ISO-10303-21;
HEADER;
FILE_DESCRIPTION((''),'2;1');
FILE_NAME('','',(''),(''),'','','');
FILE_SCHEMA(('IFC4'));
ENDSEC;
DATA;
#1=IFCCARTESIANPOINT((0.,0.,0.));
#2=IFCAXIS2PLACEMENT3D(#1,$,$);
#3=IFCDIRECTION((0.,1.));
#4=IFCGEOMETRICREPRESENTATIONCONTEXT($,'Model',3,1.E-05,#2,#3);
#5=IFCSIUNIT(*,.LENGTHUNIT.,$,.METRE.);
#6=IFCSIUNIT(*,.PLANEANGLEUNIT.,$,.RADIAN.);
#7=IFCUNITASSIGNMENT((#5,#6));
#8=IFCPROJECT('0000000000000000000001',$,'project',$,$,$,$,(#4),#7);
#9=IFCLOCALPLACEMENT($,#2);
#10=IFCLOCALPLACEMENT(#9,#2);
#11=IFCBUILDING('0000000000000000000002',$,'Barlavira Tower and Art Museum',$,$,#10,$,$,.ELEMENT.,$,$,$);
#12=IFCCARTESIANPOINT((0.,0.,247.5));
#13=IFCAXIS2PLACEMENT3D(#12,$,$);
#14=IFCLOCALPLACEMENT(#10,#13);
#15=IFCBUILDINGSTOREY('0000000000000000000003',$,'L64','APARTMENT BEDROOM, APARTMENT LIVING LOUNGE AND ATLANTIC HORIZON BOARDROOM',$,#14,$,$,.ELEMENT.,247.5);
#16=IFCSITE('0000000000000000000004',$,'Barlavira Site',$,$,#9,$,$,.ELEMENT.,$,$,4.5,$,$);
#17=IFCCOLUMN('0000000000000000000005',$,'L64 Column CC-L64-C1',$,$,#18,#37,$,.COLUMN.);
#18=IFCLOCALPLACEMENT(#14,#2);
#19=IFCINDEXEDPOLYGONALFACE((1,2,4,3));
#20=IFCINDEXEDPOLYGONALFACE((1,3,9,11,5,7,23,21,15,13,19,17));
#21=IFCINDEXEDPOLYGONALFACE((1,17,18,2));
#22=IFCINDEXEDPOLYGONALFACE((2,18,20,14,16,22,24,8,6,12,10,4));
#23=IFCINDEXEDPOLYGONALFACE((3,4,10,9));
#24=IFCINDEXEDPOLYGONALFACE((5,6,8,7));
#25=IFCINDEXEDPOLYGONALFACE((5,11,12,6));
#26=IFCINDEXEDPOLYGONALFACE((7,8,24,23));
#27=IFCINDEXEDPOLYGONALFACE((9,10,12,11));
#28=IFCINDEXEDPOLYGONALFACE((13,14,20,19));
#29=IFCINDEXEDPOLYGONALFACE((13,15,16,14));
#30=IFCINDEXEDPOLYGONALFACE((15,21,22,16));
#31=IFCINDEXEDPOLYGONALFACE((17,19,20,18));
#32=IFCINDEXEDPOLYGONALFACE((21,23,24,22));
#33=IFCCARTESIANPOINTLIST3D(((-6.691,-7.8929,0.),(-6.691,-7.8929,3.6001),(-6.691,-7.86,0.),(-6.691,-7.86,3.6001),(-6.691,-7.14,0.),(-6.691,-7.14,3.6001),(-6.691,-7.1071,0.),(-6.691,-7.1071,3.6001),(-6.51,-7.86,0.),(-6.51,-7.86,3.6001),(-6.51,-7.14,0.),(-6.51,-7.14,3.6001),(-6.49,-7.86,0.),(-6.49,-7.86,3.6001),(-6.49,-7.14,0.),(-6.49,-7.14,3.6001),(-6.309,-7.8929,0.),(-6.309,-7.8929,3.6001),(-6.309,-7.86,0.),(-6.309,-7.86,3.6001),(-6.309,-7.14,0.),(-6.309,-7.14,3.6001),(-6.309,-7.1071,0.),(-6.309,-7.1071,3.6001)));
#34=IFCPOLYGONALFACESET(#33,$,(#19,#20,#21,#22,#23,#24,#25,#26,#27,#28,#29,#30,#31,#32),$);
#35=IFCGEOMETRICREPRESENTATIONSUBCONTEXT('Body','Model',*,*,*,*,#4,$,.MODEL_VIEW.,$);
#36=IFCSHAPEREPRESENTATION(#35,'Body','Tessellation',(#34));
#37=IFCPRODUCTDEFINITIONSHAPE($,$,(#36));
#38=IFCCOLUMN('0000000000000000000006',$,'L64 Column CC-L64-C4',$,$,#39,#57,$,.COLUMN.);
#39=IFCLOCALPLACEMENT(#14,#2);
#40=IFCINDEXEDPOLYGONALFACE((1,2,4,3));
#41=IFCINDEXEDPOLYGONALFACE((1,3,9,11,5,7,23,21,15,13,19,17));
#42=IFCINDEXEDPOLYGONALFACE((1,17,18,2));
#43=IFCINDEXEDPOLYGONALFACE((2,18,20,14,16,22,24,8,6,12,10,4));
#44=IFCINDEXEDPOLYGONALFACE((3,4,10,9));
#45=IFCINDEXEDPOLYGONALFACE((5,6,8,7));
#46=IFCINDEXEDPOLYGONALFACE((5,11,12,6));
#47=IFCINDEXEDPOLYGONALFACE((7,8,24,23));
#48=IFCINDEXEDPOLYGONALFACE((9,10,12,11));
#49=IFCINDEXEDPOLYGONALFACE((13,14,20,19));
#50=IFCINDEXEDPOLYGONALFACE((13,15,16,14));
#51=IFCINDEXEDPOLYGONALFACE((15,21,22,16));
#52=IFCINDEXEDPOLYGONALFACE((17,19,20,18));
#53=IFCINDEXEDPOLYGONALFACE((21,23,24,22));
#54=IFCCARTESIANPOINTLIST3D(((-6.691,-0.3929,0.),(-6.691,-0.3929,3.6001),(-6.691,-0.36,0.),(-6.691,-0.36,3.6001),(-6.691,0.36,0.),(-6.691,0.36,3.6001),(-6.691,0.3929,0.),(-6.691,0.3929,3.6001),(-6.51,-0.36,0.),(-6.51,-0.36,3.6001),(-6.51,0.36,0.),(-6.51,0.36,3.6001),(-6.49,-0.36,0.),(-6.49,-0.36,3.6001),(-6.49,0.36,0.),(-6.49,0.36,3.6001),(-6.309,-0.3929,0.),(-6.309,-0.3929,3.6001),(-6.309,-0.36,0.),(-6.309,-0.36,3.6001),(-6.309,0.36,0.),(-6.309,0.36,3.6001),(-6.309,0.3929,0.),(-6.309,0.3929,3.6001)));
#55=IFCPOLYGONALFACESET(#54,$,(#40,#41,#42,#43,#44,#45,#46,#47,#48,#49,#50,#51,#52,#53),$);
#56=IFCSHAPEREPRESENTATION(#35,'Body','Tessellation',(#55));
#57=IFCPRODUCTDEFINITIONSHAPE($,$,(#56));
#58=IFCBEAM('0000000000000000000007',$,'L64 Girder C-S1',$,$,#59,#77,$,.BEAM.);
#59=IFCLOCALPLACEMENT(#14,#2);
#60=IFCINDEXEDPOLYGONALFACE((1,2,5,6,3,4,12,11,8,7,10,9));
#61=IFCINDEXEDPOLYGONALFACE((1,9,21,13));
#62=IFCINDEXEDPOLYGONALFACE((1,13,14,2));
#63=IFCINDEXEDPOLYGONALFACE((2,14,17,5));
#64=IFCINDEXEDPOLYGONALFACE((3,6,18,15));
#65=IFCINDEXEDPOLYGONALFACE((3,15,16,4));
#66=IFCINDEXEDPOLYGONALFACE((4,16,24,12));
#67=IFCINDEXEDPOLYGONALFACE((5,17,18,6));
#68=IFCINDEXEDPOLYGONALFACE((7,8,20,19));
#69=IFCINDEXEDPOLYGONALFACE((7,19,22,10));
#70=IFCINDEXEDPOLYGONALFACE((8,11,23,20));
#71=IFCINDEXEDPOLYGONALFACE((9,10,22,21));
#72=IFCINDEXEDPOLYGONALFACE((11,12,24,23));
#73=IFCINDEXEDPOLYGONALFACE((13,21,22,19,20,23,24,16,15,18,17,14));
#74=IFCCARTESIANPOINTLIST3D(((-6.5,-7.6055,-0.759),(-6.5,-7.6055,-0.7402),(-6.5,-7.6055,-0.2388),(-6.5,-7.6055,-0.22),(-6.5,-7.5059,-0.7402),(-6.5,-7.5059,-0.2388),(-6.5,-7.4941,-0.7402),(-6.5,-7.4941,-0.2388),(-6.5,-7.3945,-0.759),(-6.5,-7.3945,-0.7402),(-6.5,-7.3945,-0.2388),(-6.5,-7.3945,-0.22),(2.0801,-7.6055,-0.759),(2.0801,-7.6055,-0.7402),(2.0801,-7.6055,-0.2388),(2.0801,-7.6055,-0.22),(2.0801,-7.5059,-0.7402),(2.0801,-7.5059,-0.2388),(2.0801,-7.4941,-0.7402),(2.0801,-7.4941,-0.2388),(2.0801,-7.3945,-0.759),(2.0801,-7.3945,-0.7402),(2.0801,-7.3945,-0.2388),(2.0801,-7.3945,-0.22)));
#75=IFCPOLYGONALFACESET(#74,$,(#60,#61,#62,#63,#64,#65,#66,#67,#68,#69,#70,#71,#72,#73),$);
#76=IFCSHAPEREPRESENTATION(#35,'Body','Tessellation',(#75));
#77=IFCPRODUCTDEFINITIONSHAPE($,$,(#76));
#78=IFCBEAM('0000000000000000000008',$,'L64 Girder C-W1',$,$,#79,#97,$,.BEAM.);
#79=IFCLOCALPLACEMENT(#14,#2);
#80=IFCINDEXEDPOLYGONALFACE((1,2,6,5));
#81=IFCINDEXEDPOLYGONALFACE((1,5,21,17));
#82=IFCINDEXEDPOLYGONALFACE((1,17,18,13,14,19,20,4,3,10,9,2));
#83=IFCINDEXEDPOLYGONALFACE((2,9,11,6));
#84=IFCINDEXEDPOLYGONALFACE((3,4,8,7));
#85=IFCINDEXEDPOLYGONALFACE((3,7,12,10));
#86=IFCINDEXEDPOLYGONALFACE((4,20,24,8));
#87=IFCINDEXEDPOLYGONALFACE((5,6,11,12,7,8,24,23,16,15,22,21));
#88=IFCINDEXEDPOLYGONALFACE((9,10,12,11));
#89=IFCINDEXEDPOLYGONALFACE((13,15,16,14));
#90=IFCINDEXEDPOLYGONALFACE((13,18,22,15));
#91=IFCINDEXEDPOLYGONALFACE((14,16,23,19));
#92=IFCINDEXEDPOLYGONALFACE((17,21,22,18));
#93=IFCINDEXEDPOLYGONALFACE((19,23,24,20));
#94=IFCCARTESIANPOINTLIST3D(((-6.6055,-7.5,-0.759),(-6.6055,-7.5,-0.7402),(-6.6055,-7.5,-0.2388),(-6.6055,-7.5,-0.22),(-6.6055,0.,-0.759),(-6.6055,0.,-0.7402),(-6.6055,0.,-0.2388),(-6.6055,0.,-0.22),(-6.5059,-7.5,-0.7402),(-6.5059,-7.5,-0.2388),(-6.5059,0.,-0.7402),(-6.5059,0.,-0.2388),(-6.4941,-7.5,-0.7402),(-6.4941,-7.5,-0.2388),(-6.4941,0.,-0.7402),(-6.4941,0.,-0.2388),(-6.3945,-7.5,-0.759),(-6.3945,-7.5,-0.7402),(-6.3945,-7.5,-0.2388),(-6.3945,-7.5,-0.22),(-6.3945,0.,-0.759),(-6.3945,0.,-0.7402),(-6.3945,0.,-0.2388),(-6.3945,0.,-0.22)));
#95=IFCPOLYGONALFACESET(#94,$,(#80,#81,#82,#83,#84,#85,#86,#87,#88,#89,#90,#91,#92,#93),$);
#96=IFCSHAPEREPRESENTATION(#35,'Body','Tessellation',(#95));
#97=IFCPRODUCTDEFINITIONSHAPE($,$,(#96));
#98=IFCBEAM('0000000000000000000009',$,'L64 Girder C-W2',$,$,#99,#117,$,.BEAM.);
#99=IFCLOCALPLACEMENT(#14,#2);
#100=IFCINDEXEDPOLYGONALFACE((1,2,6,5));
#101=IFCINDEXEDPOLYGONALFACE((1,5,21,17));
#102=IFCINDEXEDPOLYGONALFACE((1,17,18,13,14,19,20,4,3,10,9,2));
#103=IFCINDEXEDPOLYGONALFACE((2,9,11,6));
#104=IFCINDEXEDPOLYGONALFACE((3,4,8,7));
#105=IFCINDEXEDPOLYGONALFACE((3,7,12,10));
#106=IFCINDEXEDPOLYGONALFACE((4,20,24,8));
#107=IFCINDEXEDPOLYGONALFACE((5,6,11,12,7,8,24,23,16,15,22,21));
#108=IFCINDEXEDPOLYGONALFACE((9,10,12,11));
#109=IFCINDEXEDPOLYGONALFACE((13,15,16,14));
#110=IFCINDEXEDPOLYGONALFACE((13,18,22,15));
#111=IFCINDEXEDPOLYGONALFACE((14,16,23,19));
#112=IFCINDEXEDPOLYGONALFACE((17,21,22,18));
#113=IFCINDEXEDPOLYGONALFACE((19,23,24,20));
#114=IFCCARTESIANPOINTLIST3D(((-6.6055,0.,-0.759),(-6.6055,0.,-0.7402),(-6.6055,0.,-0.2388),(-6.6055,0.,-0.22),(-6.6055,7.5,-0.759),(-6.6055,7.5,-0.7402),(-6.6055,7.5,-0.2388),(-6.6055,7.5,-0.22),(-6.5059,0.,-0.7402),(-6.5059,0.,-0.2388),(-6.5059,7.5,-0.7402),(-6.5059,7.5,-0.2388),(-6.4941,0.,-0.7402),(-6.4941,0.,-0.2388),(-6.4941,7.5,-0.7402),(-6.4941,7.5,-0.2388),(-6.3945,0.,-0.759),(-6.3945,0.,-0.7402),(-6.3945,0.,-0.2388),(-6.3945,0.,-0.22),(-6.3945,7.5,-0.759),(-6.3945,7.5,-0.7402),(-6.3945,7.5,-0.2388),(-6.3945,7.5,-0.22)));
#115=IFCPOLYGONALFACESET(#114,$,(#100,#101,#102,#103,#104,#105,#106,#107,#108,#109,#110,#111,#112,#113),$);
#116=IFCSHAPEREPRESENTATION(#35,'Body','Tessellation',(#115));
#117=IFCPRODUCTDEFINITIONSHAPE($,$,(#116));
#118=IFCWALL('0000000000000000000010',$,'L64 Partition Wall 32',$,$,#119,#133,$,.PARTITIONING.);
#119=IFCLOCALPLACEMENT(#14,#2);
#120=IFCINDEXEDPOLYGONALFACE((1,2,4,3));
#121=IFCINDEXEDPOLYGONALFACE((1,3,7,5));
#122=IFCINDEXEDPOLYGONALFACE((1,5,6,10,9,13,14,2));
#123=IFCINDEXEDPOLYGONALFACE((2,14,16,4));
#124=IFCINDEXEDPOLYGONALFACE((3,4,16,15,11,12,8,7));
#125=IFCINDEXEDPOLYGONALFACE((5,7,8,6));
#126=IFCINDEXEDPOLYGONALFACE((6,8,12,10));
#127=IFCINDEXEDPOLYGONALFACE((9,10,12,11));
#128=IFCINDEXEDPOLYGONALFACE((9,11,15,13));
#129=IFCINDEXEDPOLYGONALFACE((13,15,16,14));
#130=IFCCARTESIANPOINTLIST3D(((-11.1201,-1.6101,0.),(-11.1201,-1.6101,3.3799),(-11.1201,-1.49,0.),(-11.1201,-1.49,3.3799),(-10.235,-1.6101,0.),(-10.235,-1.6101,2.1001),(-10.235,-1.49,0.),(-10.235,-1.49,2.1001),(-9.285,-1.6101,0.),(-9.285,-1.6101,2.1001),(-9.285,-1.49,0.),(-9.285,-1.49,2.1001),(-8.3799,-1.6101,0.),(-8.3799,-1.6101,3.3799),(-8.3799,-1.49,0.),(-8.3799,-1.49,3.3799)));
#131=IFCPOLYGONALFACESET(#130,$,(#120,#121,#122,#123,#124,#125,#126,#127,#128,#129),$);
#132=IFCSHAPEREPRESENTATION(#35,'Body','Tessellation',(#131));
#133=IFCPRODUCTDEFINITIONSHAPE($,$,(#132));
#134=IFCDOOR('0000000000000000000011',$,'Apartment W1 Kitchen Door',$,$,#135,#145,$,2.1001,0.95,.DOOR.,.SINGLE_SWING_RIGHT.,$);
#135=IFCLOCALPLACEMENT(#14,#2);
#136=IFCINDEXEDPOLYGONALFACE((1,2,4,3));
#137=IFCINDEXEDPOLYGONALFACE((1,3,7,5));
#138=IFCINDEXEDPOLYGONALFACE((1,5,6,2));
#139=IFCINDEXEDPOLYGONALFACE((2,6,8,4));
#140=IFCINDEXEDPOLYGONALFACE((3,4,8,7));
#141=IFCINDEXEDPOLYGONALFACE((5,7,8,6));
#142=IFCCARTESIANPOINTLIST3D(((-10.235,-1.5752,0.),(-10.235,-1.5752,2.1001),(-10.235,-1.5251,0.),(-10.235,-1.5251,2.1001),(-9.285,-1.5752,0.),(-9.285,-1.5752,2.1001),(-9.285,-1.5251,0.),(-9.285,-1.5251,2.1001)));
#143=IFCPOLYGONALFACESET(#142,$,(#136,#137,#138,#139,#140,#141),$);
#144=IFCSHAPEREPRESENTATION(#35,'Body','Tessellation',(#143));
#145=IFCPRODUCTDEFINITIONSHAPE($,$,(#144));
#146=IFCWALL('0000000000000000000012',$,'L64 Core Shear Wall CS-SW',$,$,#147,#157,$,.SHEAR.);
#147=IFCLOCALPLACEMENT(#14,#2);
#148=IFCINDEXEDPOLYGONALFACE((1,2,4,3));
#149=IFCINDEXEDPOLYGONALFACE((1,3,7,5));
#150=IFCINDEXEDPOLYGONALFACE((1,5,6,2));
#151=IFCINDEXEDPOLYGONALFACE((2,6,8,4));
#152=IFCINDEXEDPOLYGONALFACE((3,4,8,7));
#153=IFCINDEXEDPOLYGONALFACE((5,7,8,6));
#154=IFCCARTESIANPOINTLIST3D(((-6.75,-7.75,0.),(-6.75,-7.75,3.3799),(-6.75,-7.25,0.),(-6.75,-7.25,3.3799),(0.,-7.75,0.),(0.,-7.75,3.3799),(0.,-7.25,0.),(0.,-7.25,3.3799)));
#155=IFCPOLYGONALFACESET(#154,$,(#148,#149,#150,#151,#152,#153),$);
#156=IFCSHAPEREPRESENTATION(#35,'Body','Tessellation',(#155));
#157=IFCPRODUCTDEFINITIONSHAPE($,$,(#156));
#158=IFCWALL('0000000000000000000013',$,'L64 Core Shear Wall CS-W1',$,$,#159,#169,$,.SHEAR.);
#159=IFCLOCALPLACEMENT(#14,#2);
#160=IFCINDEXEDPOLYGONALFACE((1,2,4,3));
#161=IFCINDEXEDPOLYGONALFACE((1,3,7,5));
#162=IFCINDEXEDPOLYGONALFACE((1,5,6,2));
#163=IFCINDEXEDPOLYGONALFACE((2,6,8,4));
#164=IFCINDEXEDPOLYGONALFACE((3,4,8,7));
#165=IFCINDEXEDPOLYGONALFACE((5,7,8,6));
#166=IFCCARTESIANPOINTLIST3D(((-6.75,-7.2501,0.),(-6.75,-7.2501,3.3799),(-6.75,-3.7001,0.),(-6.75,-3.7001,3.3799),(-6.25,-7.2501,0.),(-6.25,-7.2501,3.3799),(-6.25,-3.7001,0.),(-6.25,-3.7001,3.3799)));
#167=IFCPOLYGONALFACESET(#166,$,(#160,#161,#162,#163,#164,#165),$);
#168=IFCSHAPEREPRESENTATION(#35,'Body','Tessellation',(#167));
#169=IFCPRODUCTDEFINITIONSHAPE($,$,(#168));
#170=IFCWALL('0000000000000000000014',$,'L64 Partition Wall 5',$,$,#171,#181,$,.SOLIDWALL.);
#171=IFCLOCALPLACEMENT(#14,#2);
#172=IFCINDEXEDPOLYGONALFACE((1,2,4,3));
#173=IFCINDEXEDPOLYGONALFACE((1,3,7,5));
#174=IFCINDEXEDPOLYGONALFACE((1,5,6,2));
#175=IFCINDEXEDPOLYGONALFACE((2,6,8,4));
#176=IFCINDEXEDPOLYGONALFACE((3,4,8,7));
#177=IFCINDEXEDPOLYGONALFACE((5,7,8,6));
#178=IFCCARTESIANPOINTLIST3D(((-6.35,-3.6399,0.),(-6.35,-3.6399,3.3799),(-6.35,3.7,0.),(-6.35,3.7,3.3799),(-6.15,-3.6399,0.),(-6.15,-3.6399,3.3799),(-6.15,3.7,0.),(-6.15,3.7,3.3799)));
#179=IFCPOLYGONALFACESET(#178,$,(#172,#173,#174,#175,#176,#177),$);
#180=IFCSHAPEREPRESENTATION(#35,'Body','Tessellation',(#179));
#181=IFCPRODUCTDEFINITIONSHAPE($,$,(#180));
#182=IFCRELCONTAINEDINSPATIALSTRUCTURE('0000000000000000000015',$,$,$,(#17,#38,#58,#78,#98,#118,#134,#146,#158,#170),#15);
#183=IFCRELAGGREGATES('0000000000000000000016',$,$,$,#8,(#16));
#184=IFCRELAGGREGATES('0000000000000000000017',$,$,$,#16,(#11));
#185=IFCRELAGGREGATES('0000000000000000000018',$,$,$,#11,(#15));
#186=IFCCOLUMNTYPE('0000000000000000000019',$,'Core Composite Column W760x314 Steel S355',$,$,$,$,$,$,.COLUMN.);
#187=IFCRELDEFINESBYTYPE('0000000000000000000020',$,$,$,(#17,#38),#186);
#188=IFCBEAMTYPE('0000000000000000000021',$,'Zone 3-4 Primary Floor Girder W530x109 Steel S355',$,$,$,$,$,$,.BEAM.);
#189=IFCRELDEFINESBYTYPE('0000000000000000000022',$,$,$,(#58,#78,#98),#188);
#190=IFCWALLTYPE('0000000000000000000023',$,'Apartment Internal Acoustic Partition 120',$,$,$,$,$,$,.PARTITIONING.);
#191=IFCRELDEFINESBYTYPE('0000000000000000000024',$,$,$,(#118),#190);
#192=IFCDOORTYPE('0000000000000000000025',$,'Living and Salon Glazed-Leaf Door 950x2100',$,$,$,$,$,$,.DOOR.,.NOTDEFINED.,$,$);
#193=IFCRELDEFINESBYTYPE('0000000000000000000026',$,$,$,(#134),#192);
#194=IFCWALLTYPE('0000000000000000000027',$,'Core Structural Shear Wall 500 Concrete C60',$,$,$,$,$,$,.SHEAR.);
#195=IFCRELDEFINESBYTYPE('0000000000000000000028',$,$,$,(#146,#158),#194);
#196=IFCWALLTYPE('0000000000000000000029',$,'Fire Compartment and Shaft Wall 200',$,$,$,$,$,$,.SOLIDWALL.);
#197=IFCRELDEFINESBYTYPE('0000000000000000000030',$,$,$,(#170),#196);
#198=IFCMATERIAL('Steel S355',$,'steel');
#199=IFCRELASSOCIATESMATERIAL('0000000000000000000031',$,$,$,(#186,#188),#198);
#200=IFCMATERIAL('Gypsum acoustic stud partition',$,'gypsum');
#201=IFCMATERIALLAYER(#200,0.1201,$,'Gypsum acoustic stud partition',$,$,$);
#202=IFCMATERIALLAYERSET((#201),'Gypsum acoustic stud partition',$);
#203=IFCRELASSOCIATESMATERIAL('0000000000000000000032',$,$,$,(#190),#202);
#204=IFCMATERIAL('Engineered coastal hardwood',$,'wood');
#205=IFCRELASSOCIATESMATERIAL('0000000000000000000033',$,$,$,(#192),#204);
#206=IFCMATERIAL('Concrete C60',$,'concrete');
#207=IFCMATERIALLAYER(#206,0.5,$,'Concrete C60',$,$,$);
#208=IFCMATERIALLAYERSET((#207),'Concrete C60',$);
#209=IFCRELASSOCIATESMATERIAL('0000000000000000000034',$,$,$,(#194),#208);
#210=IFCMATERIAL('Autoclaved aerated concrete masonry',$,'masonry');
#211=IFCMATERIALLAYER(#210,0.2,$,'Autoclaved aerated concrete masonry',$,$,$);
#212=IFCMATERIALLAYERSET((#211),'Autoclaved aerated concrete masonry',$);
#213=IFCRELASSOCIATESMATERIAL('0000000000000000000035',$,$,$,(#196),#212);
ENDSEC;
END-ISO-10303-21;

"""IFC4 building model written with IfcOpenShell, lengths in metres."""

from ifc_helpers import new_model, si_unit, direction, frame, frame_2d, origin, origin_2d, place, context, subcontext, project, spatial, rectangle, i_section, extrude, material, layer, layer_set, material_profile, profile_set, type_object, element, fill, save


model = new_model("IFC4")

# Units and contexts
model_context = context("Model", 3, precision=1e-05, world=origin(), true_north=direction((0.0, 1.0)))
body_context = subcontext(model_context, "Body", "Model", "MODEL_VIEW")
ifc_project = project(units=[si_unit("LENGTHUNIT", "METRE"), si_unit("PLANEANGLEUNIT", "RADIAN")], contexts=[model_context])

# Site, building, storey
site_placement = place(None, origin())
site = spatial("IfcSite", under=ifc_project, at=site_placement, Name="Barlavira Site", CompositionType="ELEMENT", RefElevation=4.5)
building_placement = place(site_placement, origin())
building = spatial("IfcBuilding", under=site, at=building_placement, Name="Barlavira Tower and Art Museum", CompositionType="ELEMENT")
storey_placement = place(building_placement, frame((0.0, 0.0, 247.5)))
storey = spatial("IfcBuildingStorey", under=building, at=storey_placement, Name="L64", Description="APARTMENT BEDROOM, APARTMENT LIVING LOUNGE AND ATLANTIC HORIZON BOARDROOM", CompositionType="ELEMENT", Elevation=247.5)

# Columns
ifc_material_1 = material(Name="Steel S355", Category="steel")
ifc_material_profile_1 = material_profile(ifc_material_1, i_section(OverallWidth=0.3821, OverallDepth=0.7859, WebThickness=0.02, FlangeThickness=0.033, at=origin_2d()), Name="W760x314.0")
ifc_profile_set_1 = profile_set([ifc_material_profile_1], Name="Steel S355")
column_type = type_object("IfcColumnType", Name="Core Composite Column W760x314 Steel S355", PredefinedType="COLUMN", material=ifc_profile_set_1)
for number, where, z_axis, x_axis, name in (
    (1, (-6.5, -7.5, 0.0), (0.0, 0.0, 1.0), (1.0, 0.0, 0.0), "L64 Column CC-L64-C1"),
    (2, (-6.5, 0.0, 0.0), (0.0, 0.0, 1.0), (1.0, 0.0, 0.0), "L64 Column CC-L64-C4"),
):
    element("IfcColumn", number, at=place(storey_placement, frame(where, z_axis=z_axis, x_axis=x_axis)), inside=storey, type_object=column_type, Name=name, PredefinedType="COLUMN", context=body_context, shape_type="SweptSolid", body=[
        extrude(i_section(OverallWidth=0.3821, OverallDepth=0.7859, WebThickness=0.02, FlangeThickness=0.033, at=origin_2d()), origin(), (0.0, 0.0, 1.0), 3.6001),
    ])

# Beams
ifc_material_profile_2 = material_profile(ifc_material_1, i_section(OverallWidth=0.2109, OverallDepth=0.5391, WebThickness=0.0117, FlangeThickness=0.0188, at=origin_2d()), Name="W530x109.0")
ifc_profile_set_2 = profile_set([ifc_material_profile_2], Name="Steel S355")
beam_type = type_object("IfcBeamType", Name="Zone 3-4 Primary Floor Girder W530x109 Steel S355", PredefinedType="BEAM", material=ifc_profile_set_2)
beam_placement = place(storey_placement, frame((-6.5, -7.5, -0.4895), z_axis=(1.0, 0.0, 0.0), x_axis=(0.0, 1.0, 0.0)))
element("IfcBeam", 3, at=beam_placement, inside=storey, type_object=beam_type, Name="L64 Girder C-S1", PredefinedType="BEAM", context=body_context, shape_type="SweptSolid", body=[
    extrude(i_section(OverallWidth=0.2109, OverallDepth=0.5391, WebThickness=0.0117, FlangeThickness=0.0188, at=origin_2d()), origin(), (0.0, 0.0, 1.0), 8.5801),
])
for number, where, z_axis, x_axis, name in (
    (4, (-6.5, -7.5, -0.4895), (0.0, 1.0, 0.0), (-1.0, 0.0, 0.0), "L64 Girder C-W1"),
    (5, (-6.5, 0.0, -0.4895), (0.0, 1.0, 0.0), (-1.0, 0.0, 0.0), "L64 Girder C-W2"),
):
    element("IfcBeam", number, at=place(storey_placement, frame(where, z_axis=z_axis, x_axis=x_axis)), inside=storey, type_object=beam_type, Name=name, PredefinedType="BEAM", context=body_context, shape_type="SweptSolid", body=[
        extrude(i_section(OverallWidth=0.2109, OverallDepth=0.5391, WebThickness=0.0117, FlangeThickness=0.0188, at=origin_2d()), origin(), (0.0, 0.0, 1.0), 7.5),
    ])

# Wall, opening, door
ifc_material_2 = material(Name="Gypsum acoustic stud partition", Category="gypsum")
ifc_layer_1 = layer(ifc_material_2, 0.1201, Name="Gypsum acoustic stud partition")
ifc_layer_set_1 = layer_set([ifc_layer_1], Name="Gypsum acoustic stud partition")
wall_type_1 = type_object("IfcWallType", Name="Apartment Internal Acoustic Partition 120", PredefinedType="PARTITIONING", material=ifc_layer_set_1)
wall_1_placement = place(storey_placement, frame((-11.1201, -1.55, 0.0), z_axis=(0.0, 0.0, 1.0), x_axis=(1.0, 0.0, 0.0)))
wall_1 = element("IfcWall", 6, at=wall_1_placement, inside=storey, type_object=wall_type_1, Name="L64 Partition Wall 32", PredefinedType="PARTITIONING", context=body_context, shape_type="SweptSolid", body=[
    extrude(rectangle(XDim=2.7402, YDim=0.1201, at=frame_2d((1.3701, 0.0))), origin(), (0.0, 0.0, 1.0), 3.3799),
])
opening_1_placement = place(wall_1_placement, frame((0.885, 0.0, 0.0)))
opening_1 = element("IfcOpeningElement", 7, at=opening_1_placement, cuts=wall_1, PredefinedType="OPENING", context=body_context, shape_type="SweptSolid", body=[
    extrude(rectangle(XDim=0.95, YDim=2.1001, at=frame_2d((0.4751, 1.05))), frame((0.0, 0.0701, 0.0), z_axis=(0.0, -1.0, 0.0), x_axis=(1.0, 0.0, 0.0)), (0.0, 0.0, 1.0), 0.1401),
])
ifc_material_3 = material(Name="Engineered coastal hardwood", Category="wood")
door_type_1 = type_object("IfcDoorType", Name="Living and Salon Glazed-Leaf Door 950x2100", OperationType="NOTDEFINED", PredefinedType="DOOR", material=ifc_material_3)
door_1_placement = place(opening_1_placement, origin())
door_1 = element("IfcDoor", 8, at=door_1_placement, inside=storey, type_object=door_type_1, Name="Apartment W1 Kitchen Door", OperationType="SINGLE_SWING_RIGHT", OverallHeight=2.1001, OverallWidth=0.95, PredefinedType="DOOR", context=body_context, shape_type="SweptSolid", body=[
    extrude(rectangle(XDim=0.95, YDim=2.1001, at=frame_2d((0.4751, 1.05))), frame((0.0, 0.0249, 0.0), z_axis=(0.0, -1.0, 0.0), x_axis=(1.0, 0.0, 0.0)), (0.0, 0.0, 1.0), 0.05),
])
fill(opening_1, door_1)

# Walls
ifc_material_4 = material(Name="Concrete C60", Category="concrete")
ifc_layer_2 = layer(ifc_material_4, 0.5, Name="Concrete C60")
ifc_layer_set_2 = layer_set([ifc_layer_2], Name="Concrete C60")
wall_type_2 = type_object("IfcWallType", Name="Core Structural Shear Wall 500 Concrete C60", PredefinedType="SHEAR", material=ifc_layer_set_2)
wall_2_placement = place(storey_placement, frame((-6.75, -7.5, 0.0), z_axis=(0.0, 0.0, 1.0), x_axis=(1.0, 0.0, 0.0)))
element("IfcWall", 9, at=wall_2_placement, inside=storey, type_object=wall_type_2, Name="L64 Core Shear Wall CS-SW", PredefinedType="SHEAR", context=body_context, shape_type="SweptSolid", body=[
    extrude(rectangle(XDim=6.75, YDim=0.5, at=frame_2d((3.375, 0.0))), origin(), (0.0, 0.0, 1.0), 3.3799),
])
wall_3_placement = place(storey_placement, frame((-6.5, -7.25, 0.0), z_axis=(0.0, 0.0, 1.0), x_axis=(0.0, 1.0, 0.0)))
element("IfcWall", 10, at=wall_3_placement, inside=storey, type_object=wall_type_2, Name="L64 Core Shear Wall CS-W1", PredefinedType="SHEAR", context=body_context, shape_type="SweptSolid", body=[
    extrude(rectangle(XDim=3.55, YDim=0.5, at=frame_2d((1.7749, 0.0))), origin(), (0.0, 0.0, 1.0), 3.3799),
])
ifc_material_5 = material(Name="Autoclaved aerated concrete masonry", Category="masonry")
ifc_layer_3 = layer(ifc_material_5, 0.2, Name="Autoclaved aerated concrete masonry")
ifc_layer_set_3 = layer_set([ifc_layer_3], Name="Autoclaved aerated concrete masonry")
wall_type_3 = type_object("IfcWallType", Name="Fire Compartment and Shaft Wall 200", PredefinedType="SOLIDWALL", material=ifc_layer_set_3)
wall_4_placement = place(storey_placement, frame((-6.25, -3.6399, 0.0), z_axis=(0.0, 0.0, 1.0), x_axis=(0.0, 1.0, 0.0)))
element("IfcWall", 11, at=wall_4_placement, inside=storey, type_object=wall_type_3, Name="L64 Partition Wall 5", PredefinedType="SOLIDWALL", context=body_context, shape_type="SweptSolid", body=[
    extrude(rectangle(XDim=7.3398, YDim=0.2, at=frame_2d((3.6699, 0.0))), origin(), (0.0, 0.0, 1.0), 3.3799),
])

save(model, "model.ifc")
